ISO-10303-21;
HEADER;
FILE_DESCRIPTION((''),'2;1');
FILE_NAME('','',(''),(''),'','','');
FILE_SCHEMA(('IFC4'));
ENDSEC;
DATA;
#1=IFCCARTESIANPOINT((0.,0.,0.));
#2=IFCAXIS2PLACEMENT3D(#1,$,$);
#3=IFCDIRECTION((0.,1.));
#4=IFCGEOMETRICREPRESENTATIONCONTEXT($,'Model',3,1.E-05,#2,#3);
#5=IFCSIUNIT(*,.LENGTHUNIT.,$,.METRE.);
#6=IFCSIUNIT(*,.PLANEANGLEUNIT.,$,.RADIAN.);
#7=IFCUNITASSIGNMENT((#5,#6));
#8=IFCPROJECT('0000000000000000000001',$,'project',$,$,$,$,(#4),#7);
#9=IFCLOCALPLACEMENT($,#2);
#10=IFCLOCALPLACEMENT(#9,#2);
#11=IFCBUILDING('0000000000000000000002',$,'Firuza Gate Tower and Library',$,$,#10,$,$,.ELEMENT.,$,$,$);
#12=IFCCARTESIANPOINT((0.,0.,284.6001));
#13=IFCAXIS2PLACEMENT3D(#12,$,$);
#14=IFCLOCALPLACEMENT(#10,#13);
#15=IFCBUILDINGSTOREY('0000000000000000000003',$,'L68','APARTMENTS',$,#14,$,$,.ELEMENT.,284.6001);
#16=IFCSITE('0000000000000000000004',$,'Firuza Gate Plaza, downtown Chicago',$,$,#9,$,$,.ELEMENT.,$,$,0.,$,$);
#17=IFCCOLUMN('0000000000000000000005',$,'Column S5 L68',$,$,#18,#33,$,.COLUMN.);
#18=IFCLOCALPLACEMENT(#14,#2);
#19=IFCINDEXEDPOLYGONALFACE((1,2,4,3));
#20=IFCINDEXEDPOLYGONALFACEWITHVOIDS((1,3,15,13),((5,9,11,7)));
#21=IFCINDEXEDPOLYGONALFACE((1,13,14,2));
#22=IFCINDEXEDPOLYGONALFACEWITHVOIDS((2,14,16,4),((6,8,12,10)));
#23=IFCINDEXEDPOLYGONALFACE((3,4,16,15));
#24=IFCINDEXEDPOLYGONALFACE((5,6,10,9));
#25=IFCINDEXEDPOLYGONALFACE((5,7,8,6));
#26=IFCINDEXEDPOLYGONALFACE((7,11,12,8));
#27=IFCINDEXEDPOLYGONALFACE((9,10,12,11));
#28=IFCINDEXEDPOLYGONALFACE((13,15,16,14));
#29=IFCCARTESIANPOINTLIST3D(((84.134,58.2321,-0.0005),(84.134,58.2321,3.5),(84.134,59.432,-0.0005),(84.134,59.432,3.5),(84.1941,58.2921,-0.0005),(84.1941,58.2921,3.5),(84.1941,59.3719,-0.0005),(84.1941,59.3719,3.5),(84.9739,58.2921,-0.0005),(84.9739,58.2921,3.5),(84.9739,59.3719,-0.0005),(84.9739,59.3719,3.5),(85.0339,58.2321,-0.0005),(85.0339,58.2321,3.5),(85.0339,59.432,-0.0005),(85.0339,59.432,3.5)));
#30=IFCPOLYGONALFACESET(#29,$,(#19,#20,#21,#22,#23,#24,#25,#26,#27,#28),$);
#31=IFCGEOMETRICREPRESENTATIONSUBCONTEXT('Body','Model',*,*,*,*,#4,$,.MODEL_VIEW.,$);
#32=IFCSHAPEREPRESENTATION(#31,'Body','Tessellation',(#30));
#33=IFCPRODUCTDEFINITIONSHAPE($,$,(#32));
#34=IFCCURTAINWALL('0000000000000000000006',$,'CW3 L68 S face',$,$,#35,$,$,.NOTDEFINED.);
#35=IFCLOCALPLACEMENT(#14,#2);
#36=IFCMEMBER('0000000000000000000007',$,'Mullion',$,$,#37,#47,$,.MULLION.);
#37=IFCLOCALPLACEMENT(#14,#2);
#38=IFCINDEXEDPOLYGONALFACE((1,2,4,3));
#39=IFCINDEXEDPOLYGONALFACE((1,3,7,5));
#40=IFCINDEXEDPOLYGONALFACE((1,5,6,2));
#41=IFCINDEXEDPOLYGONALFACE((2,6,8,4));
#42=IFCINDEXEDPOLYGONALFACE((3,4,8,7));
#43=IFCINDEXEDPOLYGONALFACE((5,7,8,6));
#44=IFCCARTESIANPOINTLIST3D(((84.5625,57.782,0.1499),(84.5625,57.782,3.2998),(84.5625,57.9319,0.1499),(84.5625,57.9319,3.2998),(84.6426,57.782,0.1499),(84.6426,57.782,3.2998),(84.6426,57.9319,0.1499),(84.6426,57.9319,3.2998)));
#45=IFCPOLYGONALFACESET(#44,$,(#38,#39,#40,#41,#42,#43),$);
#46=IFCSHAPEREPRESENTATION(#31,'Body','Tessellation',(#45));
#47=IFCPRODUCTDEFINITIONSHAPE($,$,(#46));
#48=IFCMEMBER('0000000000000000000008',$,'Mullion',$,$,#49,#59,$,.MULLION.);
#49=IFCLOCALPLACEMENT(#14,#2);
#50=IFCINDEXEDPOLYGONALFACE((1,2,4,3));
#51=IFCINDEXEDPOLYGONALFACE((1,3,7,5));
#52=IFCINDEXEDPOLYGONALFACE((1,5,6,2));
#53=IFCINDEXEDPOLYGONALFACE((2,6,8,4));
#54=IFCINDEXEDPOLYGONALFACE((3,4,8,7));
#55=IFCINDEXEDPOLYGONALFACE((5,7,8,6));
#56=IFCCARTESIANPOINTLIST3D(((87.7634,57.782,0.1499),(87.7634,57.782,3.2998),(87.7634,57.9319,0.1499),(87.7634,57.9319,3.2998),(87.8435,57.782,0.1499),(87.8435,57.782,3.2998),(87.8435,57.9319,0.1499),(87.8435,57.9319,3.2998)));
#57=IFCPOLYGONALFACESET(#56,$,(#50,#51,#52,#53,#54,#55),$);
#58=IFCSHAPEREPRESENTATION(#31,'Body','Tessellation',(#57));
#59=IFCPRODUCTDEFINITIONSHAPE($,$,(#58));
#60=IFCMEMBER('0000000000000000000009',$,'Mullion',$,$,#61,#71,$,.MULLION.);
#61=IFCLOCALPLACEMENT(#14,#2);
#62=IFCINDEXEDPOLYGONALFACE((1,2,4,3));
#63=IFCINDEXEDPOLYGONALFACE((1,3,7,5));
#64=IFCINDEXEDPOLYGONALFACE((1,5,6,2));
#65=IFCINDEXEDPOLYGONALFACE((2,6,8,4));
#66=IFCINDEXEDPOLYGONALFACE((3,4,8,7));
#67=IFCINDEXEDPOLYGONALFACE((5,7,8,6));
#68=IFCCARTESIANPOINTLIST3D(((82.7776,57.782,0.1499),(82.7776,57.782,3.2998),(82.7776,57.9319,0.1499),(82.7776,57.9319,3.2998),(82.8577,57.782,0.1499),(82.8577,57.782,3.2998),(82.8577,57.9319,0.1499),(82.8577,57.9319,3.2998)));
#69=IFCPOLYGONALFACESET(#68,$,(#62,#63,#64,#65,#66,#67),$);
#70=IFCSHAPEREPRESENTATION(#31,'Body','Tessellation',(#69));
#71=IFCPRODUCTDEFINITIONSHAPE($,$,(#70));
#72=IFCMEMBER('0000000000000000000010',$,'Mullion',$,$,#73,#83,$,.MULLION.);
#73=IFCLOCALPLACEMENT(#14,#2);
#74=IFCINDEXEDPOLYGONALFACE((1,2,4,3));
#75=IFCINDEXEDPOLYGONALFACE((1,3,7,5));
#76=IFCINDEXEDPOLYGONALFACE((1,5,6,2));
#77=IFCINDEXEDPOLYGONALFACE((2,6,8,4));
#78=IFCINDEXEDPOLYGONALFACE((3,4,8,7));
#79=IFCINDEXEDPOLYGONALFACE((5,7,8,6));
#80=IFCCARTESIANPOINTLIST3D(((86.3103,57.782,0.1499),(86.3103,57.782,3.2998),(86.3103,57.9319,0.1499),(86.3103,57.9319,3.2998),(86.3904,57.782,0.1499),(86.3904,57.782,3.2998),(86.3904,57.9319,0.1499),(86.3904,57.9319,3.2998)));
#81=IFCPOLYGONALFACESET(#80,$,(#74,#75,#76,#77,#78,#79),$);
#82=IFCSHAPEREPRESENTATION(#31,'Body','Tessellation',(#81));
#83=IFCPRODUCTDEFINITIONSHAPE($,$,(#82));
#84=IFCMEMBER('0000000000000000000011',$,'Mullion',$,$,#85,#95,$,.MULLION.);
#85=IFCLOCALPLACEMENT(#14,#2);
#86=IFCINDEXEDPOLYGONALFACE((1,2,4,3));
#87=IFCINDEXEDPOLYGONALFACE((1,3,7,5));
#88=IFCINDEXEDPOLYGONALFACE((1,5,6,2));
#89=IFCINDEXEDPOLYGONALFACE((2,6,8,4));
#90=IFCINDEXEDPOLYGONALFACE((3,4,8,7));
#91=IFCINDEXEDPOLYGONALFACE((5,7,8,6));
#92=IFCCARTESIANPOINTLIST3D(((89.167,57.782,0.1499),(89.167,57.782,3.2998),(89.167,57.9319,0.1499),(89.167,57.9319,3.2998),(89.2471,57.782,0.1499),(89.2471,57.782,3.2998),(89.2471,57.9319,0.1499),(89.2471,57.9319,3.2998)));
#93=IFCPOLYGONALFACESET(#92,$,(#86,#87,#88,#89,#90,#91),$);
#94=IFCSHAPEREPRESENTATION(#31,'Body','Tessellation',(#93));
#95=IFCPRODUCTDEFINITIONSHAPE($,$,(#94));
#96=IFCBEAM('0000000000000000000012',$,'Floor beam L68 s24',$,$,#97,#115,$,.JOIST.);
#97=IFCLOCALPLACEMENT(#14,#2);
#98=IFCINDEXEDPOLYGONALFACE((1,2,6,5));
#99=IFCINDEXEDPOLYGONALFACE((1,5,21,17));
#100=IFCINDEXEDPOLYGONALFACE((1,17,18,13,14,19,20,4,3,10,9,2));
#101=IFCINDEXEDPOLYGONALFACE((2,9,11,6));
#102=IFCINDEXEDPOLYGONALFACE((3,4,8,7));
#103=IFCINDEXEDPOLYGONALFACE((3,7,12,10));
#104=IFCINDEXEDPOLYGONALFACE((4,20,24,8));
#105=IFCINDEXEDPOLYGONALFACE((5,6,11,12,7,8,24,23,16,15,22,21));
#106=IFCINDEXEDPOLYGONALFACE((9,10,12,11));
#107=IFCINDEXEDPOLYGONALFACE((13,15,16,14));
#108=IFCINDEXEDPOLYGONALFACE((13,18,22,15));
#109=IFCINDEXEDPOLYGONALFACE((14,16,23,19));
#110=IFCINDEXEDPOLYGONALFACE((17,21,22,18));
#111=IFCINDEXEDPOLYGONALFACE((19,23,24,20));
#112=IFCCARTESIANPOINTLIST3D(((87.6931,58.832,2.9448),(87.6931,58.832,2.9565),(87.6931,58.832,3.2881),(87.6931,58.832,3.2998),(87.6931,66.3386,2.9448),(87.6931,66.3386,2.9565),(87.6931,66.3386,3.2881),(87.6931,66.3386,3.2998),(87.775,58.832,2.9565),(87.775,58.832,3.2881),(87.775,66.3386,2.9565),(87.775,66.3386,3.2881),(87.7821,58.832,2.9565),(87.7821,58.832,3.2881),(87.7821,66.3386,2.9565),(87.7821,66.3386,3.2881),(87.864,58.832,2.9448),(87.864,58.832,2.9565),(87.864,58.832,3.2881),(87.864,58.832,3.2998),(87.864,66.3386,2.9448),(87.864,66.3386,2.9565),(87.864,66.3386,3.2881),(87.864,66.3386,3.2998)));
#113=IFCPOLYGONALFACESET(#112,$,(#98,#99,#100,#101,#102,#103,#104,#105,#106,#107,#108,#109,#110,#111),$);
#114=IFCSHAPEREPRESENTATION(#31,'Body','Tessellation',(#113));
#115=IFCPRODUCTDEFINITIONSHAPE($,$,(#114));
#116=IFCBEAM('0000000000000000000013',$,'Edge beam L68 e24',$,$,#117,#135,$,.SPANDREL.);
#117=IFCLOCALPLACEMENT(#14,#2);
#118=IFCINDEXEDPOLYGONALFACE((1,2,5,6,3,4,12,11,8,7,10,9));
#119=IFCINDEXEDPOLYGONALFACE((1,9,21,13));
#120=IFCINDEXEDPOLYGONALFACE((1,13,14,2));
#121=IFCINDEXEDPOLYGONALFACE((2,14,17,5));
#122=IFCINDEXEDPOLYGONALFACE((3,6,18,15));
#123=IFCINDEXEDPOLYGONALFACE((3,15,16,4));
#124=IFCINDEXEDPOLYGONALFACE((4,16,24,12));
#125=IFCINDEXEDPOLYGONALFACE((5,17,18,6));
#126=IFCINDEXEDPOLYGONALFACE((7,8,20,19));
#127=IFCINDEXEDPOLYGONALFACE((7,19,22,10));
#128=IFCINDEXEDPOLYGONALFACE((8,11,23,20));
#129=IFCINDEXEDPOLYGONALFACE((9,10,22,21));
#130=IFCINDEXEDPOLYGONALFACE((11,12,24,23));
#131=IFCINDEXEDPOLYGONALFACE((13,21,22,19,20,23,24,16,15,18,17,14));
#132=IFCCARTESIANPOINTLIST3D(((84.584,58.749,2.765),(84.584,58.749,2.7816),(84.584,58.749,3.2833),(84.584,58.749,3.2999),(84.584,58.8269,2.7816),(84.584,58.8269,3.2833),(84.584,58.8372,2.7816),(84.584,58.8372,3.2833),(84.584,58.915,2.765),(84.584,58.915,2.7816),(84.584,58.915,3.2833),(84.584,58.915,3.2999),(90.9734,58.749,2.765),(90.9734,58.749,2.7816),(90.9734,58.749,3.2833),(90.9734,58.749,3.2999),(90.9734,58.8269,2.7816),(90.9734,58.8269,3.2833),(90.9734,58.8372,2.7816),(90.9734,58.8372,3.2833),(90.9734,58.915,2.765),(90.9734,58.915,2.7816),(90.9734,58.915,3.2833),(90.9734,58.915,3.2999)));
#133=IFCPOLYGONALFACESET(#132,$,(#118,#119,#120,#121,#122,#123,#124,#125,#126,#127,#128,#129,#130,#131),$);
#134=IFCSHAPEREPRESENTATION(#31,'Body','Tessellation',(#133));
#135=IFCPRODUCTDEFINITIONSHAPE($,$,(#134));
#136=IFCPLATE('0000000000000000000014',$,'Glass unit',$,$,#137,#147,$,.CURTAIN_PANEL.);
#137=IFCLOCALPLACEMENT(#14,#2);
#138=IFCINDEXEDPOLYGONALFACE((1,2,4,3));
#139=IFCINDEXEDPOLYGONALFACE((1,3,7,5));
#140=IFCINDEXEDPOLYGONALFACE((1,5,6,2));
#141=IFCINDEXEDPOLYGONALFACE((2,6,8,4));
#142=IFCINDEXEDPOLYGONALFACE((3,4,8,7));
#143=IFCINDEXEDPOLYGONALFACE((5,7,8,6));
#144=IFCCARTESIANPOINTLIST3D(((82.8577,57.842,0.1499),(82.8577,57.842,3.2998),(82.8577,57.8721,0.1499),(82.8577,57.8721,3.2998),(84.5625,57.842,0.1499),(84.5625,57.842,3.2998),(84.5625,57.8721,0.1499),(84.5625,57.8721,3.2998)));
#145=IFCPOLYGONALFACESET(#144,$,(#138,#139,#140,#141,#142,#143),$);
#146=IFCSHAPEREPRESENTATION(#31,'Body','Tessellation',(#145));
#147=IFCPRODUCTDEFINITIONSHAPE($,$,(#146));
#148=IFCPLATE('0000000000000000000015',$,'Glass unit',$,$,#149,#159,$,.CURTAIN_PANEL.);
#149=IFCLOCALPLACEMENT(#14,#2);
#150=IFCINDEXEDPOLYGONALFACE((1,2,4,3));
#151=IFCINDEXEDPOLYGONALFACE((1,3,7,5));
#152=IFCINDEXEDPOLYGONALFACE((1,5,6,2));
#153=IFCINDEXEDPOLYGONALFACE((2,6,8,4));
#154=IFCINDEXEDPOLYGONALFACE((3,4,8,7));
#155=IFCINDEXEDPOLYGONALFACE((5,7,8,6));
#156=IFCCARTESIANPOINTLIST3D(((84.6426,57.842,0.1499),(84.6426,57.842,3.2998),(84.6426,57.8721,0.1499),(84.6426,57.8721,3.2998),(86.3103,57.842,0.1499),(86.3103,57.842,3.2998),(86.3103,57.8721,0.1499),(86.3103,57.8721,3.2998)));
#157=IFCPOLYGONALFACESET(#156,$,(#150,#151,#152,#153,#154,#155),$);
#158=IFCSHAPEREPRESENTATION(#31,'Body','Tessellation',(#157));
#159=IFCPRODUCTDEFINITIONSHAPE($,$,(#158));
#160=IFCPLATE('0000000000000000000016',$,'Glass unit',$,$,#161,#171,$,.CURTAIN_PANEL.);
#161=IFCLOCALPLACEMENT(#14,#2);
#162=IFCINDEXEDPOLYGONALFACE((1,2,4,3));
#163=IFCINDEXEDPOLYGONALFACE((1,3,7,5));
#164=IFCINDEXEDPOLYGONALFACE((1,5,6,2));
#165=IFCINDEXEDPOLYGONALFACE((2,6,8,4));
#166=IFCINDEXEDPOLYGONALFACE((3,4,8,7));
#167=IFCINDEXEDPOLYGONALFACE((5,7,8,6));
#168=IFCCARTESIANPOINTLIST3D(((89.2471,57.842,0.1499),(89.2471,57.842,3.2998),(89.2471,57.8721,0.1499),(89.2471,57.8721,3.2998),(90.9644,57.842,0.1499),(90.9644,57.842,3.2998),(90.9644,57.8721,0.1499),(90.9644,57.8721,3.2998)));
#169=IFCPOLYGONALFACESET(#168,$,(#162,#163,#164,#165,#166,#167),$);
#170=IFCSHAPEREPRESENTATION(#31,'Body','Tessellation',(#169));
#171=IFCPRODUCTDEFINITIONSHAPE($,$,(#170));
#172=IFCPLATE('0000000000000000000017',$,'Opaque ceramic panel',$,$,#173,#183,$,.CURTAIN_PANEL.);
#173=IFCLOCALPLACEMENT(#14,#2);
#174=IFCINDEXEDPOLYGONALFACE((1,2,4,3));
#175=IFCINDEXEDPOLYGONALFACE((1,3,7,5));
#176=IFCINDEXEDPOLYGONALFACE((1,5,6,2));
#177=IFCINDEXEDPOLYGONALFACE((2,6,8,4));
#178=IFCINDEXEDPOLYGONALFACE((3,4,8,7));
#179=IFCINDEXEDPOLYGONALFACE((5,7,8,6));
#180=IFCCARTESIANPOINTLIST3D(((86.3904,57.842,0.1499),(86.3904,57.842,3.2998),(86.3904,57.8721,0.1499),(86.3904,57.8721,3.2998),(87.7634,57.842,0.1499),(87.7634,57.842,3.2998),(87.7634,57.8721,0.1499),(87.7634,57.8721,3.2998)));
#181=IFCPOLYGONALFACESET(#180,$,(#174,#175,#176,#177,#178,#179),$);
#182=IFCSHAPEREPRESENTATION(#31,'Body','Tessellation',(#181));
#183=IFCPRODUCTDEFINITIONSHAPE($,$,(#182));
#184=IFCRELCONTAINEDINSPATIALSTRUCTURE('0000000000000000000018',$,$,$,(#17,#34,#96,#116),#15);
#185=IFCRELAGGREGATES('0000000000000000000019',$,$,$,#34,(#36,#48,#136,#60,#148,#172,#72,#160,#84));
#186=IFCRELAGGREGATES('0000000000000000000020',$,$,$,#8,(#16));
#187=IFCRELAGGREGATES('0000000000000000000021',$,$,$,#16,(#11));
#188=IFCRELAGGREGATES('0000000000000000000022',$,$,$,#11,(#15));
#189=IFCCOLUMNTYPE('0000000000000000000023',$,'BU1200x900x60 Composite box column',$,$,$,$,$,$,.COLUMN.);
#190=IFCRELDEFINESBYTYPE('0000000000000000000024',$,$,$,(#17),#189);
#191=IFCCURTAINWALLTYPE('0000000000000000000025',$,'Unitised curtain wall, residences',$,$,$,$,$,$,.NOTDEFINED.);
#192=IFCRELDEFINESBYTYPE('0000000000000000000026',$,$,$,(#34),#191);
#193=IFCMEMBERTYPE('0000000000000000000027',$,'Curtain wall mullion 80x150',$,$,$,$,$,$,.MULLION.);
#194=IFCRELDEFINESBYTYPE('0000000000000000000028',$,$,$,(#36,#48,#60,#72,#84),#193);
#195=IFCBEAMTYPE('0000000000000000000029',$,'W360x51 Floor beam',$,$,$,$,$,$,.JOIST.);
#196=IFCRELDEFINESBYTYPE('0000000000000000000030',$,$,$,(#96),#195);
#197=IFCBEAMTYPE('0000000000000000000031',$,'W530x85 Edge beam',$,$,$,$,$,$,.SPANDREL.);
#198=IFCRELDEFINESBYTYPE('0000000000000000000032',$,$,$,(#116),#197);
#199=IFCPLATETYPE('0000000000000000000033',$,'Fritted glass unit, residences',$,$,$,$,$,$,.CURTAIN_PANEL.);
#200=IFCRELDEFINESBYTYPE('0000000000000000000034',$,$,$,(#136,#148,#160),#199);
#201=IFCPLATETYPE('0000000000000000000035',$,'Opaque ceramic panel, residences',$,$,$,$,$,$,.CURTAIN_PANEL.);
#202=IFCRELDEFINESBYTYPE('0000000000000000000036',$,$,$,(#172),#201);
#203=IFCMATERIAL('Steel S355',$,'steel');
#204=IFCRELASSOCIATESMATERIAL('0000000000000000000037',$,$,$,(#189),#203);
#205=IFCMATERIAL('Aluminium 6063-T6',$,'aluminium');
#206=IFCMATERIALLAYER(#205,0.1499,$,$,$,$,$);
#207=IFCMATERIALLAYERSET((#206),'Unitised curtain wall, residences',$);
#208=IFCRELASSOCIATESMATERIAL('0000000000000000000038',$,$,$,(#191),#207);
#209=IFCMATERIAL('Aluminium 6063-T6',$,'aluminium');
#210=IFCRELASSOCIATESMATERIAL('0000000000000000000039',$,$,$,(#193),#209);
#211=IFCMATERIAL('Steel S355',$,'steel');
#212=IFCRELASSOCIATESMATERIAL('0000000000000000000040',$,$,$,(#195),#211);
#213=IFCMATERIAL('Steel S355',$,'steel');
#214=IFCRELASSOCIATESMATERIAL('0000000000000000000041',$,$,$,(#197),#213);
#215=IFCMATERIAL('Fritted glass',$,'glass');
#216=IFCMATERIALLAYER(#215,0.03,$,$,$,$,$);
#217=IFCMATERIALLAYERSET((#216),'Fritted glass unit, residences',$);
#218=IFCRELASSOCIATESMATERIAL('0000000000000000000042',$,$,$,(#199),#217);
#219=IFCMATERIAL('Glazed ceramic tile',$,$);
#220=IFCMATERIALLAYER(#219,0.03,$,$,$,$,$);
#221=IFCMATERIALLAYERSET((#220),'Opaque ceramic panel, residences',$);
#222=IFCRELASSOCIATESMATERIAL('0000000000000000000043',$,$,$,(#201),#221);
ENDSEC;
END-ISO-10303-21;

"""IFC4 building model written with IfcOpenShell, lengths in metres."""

from ifc_helpers import new_model, si_unit, direction, frame, origin, origin_2d, place, context, subcontext, project, spatial, polyline, rectangle, hollow_rectangle, i_section, outline, extrude, material, layer, layer_set, material_profile, profile_set, type_object, element, aggregate, save


model = new_model("IFC4")

# Units and contexts
model_context = context("Model", 3, precision=1e-05, world=origin(), true_north=direction((0.0, 1.0)))
body_context = subcontext(model_context, "Body", "Model", "MODEL_VIEW")
ifc_project = project(units=[si_unit("LENGTHUNIT", "METRE"), si_unit("PLANEANGLEUNIT", "RADIAN")], contexts=[model_context])

# Site, building, storey
site_placement = place(None, origin())
site = spatial("IfcSite", under=ifc_project, at=site_placement, Name="Firuza Gate Plaza, downtown Chicago", CompositionType="ELEMENT", RefElevation=0.0)
building_placement = place(site_placement, origin())
building = spatial("IfcBuilding", under=site, at=building_placement, Name="Firuza Gate Tower and Library", CompositionType="ELEMENT")
storey_placement = place(building_placement, frame((0.0, 0.0, 284.6001)))
storey = spatial("IfcBuildingStorey", under=building, at=storey_placement, Name="L68", Description="APARTMENTS", CompositionType="ELEMENT", Elevation=284.6001)

# Column
ifc_material_1 = material(Name="Steel S355", Category="steel")
ifc_material_profile_1 = material_profile(ifc_material_1, hollow_rectangle(XDim=0.8999, YDim=1.2, WallThickness=0.0601, at=origin_2d()))
ifc_profile_set_1 = profile_set([ifc_material_profile_1], Name="Steel S355")
column_type = type_object("IfcColumnType", Name="BU1200x900x60 Composite box column", PredefinedType="COLUMN", material=ifc_profile_set_1)
column_placement = place(storey_placement, frame((84.584, 58.832, -0.0005), z_axis=(0.0, 0.0, 1.0), x_axis=(1.0, 0.0, 0.0)))
element("IfcColumn", 1, at=column_placement, inside=storey, type_object=column_type, Name="Column S5 L68", PredefinedType="COLUMN", context=body_context, shape_type="SweptSolid", body=[
    extrude(hollow_rectangle(XDim=0.8999, YDim=1.2, WallThickness=0.0601, at=origin_2d()), origin(), (0.0, 0.0, 1.0), 3.5005),
])

# Curtain wall, members
ifc_material_2 = material(Name="Aluminium 6063-T6", Category="aluminium")
ifc_layer_1 = layer(ifc_material_2, 0.1499)
ifc_layer_set_1 = layer_set([ifc_layer_1], Name="Unitised curtain wall, residences")
curtain_wall_type = type_object("IfcCurtainWallType", Name="Unitised curtain wall, residences", PredefinedType="NOTDEFINED", material=ifc_layer_set_1)
curtain_wall_placement = place(storey_placement, origin())
curtain_wall = element("IfcCurtainWall", 2, at=curtain_wall_placement, inside=storey, type_object=curtain_wall_type, Name="CW3 L68 S face", PredefinedType="NOTDEFINED")
ifc_material_3 = material(Name="Aluminium 6063-T6", Category="aluminium")
ifc_material_profile_2 = material_profile(ifc_material_3, rectangle(XDim=0.1499, YDim=0.0801, at=origin_2d()))
ifc_profile_set_2 = profile_set([ifc_material_profile_2], Name="Aluminium 6063-T6")
member_type = type_object("IfcMemberType", Name="Curtain wall mullion 80x150", PredefinedType="MULLION", material=ifc_profile_set_2)
member_1_placement = place(storey_placement, frame((84.6025, 57.8569, 0.1499), z_axis=(0.0, 0.0, 1.0), x_axis=(0.0, 1.0, 0.0)))
member_1 = element("IfcMember", 3, at=member_1_placement, type_object=member_type, Name="Mullion", PredefinedType="MULLION", context=body_context, shape_type="SweptSolid", body=[
    extrude(rectangle(XDim=0.1499, YDim=0.0801, at=origin_2d()), origin(), (0.0, 0.0, 1.0), 3.1499),
])
member_2_placement = place(storey_placement, frame((87.8035, 57.8569, 0.1499), z_axis=(0.0, 0.0, 1.0), x_axis=(0.0, 1.0, 0.0)))
member_2 = element("IfcMember", 4, at=member_2_placement, type_object=member_type, Name="Mullion", PredefinedType="MULLION", context=body_context, shape_type="SweptSolid", body=[
    extrude(rectangle(XDim=0.1499, YDim=0.0801, at=origin_2d()), origin(), (0.0, 0.0, 1.0), 3.1499),
])
member_3_placement = place(storey_placement, frame((82.8176, 57.8569, 0.1499), z_axis=(0.0, 0.0, 1.0), x_axis=(0.0, 1.0, 0.0)))
member_3 = element("IfcMember", 5, at=member_3_placement, type_object=member_type, Name="Mullion", PredefinedType="MULLION", context=body_context, shape_type="SweptSolid", body=[
    extrude(rectangle(XDim=0.1499, YDim=0.0801, at=origin_2d()), origin(), (0.0, 0.0, 1.0), 3.1499),
])
member_4_placement = place(storey_placement, frame((86.3503, 57.8569, 0.1499), z_axis=(0.0, 0.0, 1.0), x_axis=(0.0, 1.0, 0.0)))
member_4 = element("IfcMember", 6, at=member_4_placement, type_object=member_type, Name="Mullion", PredefinedType="MULLION", context=body_context, shape_type="SweptSolid", body=[
    extrude(rectangle(XDim=0.1499, YDim=0.0801, at=origin_2d()), origin(), (0.0, 0.0, 1.0), 3.1499),
])
member_5_placement = place(storey_placement, frame((89.207, 57.8569, 0.1499), z_axis=(0.0, 0.0, 1.0), x_axis=(0.0, 1.0, 0.0)))
member_5 = element("IfcMember", 7, at=member_5_placement, type_object=member_type, Name="Mullion", PredefinedType="MULLION", context=body_context, shape_type="SweptSolid", body=[
    extrude(rectangle(XDim=0.1499, YDim=0.0801, at=origin_2d()), origin(), (0.0, 0.0, 1.0), 3.1499),
])

# Beams
ifc_material_4 = material(Name="Steel S355", Category="steel")
ifc_material_profile_3 = material_profile(ifc_material_4, i_section(OverallWidth=0.1709, OverallDepth=0.355, WebThickness=0.0071, FlangeThickness=0.0117, at=origin_2d()))
ifc_profile_set_3 = profile_set([ifc_material_profile_3], Name="Steel S355")
beam_type_1 = type_object("IfcBeamType", Name="W360x51 Floor beam", PredefinedType="JOIST", material=ifc_profile_set_3)
beam_1_placement = place(storey_placement, frame((87.7786, 58.832, 3.1223), z_axis=(0.0, 1.0, 0.0), x_axis=(-1.0, 0.0, 0.0)))
element("IfcBeam", 8, at=beam_1_placement, inside=storey, type_object=beam_type_1, Name="Floor beam L68 s24", PredefinedType="JOIST", context=body_context, shape_type="SweptSolid", body=[
    extrude(i_section(OverallWidth=0.1709, OverallDepth=0.355, WebThickness=0.0071, FlangeThickness=0.0117, at=origin_2d()), origin(), (0.0, 0.0, 1.0), 7.5066),
])
ifc_material_5 = material(Name="Steel S355", Category="steel")
ifc_material_profile_4 = material_profile(ifc_material_5, i_section(OverallWidth=0.166, OverallDepth=0.5349, WebThickness=0.0103, FlangeThickness=0.0166, at=origin_2d()))
ifc_profile_set_4 = profile_set([ifc_material_profile_4], Name="Steel S355")
beam_type_2 = type_object("IfcBeamType", Name="W530x85 Edge beam", PredefinedType="SPANDREL", material=ifc_profile_set_4)
beam_2_placement = place(storey_placement, frame((84.584, 58.832, 3.0325), z_axis=(1.0, 0.0, 0.0), x_axis=(0.0, 1.0, 0.0)))
element("IfcBeam", 9, at=beam_2_placement, inside=storey, type_object=beam_type_2, Name="Edge beam L68 e24", PredefinedType="SPANDREL", context=body_context, shape_type="SweptSolid", body=[
    extrude(i_section(OverallWidth=0.166, OverallDepth=0.5349, WebThickness=0.0103, FlangeThickness=0.0166, at=origin_2d()), origin(), (0.0, 0.0, 1.0), 6.3894),
])

# Plates
ifc_material_6 = material(Name="Fritted glass", Category="glass")
ifc_layer_2 = layer(ifc_material_6, 0.03)
ifc_layer_set_2 = layer_set([ifc_layer_2], Name="Fritted glass unit, residences")
plate_type_1 = type_object("IfcPlateType", Name="Fritted glass unit, residences", PredefinedType="CURTAIN_PANEL", material=ifc_layer_set_2)
plate_1_placement = place(storey_placement, frame((82.8577, 57.842, 0.1499), z_axis=(0.0, -1.0, 0.0), x_axis=(1.0, 0.0, 0.0)))
plate_1 = element("IfcPlate", 10, at=plate_1_placement, type_object=plate_type_1, Name="Glass unit", PredefinedType="CURTAIN_PANEL", context=body_context, shape_type="SweptSolid", body=[
    extrude(outline(polyline([(0.0, 0.0), (1.7048, 0.0), (1.7048, 3.1499), (0.0, 3.1499), (0.0, 0.0)])), origin(), (0.0, 0.0, -1.0), 0.03),
])
plate_2_placement = place(storey_placement, frame((84.6426, 57.842, 0.1499), z_axis=(0.0, -1.0, 0.0), x_axis=(1.0, 0.0, 0.0)))
plate_2 = element("IfcPlate", 11, at=plate_2_placement, type_object=plate_type_1, Name="Glass unit", PredefinedType="CURTAIN_PANEL", context=body_context, shape_type="SweptSolid", body=[
    extrude(outline(polyline([(0.0, 0.0), (1.6677, 0.0), (1.6677, 3.1499), (0.0, 3.1499), (0.0, 0.0)])), origin(), (0.0, 0.0, -1.0), 0.03),
])
plate_3_placement = place(storey_placement, frame((89.2471, 57.842, 0.1499), z_axis=(0.0, -1.0, 0.0), x_axis=(1.0, 0.0, 0.0)))
plate_3 = element("IfcPlate", 12, at=plate_3_placement, type_object=plate_type_1, Name="Glass unit", PredefinedType="CURTAIN_PANEL", context=body_context, shape_type="SweptSolid", body=[
    extrude(outline(polyline([(0.0, 0.0), (1.7173, 0.0), (1.7173, 3.1499), (0.0, 3.1499), (0.0, 0.0)])), origin(), (0.0, 0.0, -1.0), 0.03),
])
ifc_material_7 = material(Name="Glazed ceramic tile")
ifc_layer_3 = layer(ifc_material_7, 0.03)
ifc_layer_set_3 = layer_set([ifc_layer_3], Name="Opaque ceramic panel, residences")
plate_type_2 = type_object("IfcPlateType", Name="Opaque ceramic panel, residences", PredefinedType="CURTAIN_PANEL", material=ifc_layer_set_3)
plate_4_placement = place(storey_placement, frame((86.3904, 57.842, 0.1499), z_axis=(0.0, -1.0, 0.0), x_axis=(1.0, 0.0, 0.0)))
plate_4 = element("IfcPlate", 13, at=plate_4_placement, type_object=plate_type_2, Name="Opaque ceramic panel", PredefinedType="CURTAIN_PANEL", context=body_context, shape_type="SweptSolid", body=[
    extrude(outline(polyline([(0.0, 0.0), (1.373, 0.0), (1.373, 3.1499), (0.0, 3.1499), (0.0, 0.0)])), origin(), (0.0, 0.0, -1.0), 0.03),
])
aggregate(curtain_wall, [member_1, member_2, plate_1, member_3, plate_2, plate_4, member_4, plate_3, member_5])

save(model, "model.ifc")
